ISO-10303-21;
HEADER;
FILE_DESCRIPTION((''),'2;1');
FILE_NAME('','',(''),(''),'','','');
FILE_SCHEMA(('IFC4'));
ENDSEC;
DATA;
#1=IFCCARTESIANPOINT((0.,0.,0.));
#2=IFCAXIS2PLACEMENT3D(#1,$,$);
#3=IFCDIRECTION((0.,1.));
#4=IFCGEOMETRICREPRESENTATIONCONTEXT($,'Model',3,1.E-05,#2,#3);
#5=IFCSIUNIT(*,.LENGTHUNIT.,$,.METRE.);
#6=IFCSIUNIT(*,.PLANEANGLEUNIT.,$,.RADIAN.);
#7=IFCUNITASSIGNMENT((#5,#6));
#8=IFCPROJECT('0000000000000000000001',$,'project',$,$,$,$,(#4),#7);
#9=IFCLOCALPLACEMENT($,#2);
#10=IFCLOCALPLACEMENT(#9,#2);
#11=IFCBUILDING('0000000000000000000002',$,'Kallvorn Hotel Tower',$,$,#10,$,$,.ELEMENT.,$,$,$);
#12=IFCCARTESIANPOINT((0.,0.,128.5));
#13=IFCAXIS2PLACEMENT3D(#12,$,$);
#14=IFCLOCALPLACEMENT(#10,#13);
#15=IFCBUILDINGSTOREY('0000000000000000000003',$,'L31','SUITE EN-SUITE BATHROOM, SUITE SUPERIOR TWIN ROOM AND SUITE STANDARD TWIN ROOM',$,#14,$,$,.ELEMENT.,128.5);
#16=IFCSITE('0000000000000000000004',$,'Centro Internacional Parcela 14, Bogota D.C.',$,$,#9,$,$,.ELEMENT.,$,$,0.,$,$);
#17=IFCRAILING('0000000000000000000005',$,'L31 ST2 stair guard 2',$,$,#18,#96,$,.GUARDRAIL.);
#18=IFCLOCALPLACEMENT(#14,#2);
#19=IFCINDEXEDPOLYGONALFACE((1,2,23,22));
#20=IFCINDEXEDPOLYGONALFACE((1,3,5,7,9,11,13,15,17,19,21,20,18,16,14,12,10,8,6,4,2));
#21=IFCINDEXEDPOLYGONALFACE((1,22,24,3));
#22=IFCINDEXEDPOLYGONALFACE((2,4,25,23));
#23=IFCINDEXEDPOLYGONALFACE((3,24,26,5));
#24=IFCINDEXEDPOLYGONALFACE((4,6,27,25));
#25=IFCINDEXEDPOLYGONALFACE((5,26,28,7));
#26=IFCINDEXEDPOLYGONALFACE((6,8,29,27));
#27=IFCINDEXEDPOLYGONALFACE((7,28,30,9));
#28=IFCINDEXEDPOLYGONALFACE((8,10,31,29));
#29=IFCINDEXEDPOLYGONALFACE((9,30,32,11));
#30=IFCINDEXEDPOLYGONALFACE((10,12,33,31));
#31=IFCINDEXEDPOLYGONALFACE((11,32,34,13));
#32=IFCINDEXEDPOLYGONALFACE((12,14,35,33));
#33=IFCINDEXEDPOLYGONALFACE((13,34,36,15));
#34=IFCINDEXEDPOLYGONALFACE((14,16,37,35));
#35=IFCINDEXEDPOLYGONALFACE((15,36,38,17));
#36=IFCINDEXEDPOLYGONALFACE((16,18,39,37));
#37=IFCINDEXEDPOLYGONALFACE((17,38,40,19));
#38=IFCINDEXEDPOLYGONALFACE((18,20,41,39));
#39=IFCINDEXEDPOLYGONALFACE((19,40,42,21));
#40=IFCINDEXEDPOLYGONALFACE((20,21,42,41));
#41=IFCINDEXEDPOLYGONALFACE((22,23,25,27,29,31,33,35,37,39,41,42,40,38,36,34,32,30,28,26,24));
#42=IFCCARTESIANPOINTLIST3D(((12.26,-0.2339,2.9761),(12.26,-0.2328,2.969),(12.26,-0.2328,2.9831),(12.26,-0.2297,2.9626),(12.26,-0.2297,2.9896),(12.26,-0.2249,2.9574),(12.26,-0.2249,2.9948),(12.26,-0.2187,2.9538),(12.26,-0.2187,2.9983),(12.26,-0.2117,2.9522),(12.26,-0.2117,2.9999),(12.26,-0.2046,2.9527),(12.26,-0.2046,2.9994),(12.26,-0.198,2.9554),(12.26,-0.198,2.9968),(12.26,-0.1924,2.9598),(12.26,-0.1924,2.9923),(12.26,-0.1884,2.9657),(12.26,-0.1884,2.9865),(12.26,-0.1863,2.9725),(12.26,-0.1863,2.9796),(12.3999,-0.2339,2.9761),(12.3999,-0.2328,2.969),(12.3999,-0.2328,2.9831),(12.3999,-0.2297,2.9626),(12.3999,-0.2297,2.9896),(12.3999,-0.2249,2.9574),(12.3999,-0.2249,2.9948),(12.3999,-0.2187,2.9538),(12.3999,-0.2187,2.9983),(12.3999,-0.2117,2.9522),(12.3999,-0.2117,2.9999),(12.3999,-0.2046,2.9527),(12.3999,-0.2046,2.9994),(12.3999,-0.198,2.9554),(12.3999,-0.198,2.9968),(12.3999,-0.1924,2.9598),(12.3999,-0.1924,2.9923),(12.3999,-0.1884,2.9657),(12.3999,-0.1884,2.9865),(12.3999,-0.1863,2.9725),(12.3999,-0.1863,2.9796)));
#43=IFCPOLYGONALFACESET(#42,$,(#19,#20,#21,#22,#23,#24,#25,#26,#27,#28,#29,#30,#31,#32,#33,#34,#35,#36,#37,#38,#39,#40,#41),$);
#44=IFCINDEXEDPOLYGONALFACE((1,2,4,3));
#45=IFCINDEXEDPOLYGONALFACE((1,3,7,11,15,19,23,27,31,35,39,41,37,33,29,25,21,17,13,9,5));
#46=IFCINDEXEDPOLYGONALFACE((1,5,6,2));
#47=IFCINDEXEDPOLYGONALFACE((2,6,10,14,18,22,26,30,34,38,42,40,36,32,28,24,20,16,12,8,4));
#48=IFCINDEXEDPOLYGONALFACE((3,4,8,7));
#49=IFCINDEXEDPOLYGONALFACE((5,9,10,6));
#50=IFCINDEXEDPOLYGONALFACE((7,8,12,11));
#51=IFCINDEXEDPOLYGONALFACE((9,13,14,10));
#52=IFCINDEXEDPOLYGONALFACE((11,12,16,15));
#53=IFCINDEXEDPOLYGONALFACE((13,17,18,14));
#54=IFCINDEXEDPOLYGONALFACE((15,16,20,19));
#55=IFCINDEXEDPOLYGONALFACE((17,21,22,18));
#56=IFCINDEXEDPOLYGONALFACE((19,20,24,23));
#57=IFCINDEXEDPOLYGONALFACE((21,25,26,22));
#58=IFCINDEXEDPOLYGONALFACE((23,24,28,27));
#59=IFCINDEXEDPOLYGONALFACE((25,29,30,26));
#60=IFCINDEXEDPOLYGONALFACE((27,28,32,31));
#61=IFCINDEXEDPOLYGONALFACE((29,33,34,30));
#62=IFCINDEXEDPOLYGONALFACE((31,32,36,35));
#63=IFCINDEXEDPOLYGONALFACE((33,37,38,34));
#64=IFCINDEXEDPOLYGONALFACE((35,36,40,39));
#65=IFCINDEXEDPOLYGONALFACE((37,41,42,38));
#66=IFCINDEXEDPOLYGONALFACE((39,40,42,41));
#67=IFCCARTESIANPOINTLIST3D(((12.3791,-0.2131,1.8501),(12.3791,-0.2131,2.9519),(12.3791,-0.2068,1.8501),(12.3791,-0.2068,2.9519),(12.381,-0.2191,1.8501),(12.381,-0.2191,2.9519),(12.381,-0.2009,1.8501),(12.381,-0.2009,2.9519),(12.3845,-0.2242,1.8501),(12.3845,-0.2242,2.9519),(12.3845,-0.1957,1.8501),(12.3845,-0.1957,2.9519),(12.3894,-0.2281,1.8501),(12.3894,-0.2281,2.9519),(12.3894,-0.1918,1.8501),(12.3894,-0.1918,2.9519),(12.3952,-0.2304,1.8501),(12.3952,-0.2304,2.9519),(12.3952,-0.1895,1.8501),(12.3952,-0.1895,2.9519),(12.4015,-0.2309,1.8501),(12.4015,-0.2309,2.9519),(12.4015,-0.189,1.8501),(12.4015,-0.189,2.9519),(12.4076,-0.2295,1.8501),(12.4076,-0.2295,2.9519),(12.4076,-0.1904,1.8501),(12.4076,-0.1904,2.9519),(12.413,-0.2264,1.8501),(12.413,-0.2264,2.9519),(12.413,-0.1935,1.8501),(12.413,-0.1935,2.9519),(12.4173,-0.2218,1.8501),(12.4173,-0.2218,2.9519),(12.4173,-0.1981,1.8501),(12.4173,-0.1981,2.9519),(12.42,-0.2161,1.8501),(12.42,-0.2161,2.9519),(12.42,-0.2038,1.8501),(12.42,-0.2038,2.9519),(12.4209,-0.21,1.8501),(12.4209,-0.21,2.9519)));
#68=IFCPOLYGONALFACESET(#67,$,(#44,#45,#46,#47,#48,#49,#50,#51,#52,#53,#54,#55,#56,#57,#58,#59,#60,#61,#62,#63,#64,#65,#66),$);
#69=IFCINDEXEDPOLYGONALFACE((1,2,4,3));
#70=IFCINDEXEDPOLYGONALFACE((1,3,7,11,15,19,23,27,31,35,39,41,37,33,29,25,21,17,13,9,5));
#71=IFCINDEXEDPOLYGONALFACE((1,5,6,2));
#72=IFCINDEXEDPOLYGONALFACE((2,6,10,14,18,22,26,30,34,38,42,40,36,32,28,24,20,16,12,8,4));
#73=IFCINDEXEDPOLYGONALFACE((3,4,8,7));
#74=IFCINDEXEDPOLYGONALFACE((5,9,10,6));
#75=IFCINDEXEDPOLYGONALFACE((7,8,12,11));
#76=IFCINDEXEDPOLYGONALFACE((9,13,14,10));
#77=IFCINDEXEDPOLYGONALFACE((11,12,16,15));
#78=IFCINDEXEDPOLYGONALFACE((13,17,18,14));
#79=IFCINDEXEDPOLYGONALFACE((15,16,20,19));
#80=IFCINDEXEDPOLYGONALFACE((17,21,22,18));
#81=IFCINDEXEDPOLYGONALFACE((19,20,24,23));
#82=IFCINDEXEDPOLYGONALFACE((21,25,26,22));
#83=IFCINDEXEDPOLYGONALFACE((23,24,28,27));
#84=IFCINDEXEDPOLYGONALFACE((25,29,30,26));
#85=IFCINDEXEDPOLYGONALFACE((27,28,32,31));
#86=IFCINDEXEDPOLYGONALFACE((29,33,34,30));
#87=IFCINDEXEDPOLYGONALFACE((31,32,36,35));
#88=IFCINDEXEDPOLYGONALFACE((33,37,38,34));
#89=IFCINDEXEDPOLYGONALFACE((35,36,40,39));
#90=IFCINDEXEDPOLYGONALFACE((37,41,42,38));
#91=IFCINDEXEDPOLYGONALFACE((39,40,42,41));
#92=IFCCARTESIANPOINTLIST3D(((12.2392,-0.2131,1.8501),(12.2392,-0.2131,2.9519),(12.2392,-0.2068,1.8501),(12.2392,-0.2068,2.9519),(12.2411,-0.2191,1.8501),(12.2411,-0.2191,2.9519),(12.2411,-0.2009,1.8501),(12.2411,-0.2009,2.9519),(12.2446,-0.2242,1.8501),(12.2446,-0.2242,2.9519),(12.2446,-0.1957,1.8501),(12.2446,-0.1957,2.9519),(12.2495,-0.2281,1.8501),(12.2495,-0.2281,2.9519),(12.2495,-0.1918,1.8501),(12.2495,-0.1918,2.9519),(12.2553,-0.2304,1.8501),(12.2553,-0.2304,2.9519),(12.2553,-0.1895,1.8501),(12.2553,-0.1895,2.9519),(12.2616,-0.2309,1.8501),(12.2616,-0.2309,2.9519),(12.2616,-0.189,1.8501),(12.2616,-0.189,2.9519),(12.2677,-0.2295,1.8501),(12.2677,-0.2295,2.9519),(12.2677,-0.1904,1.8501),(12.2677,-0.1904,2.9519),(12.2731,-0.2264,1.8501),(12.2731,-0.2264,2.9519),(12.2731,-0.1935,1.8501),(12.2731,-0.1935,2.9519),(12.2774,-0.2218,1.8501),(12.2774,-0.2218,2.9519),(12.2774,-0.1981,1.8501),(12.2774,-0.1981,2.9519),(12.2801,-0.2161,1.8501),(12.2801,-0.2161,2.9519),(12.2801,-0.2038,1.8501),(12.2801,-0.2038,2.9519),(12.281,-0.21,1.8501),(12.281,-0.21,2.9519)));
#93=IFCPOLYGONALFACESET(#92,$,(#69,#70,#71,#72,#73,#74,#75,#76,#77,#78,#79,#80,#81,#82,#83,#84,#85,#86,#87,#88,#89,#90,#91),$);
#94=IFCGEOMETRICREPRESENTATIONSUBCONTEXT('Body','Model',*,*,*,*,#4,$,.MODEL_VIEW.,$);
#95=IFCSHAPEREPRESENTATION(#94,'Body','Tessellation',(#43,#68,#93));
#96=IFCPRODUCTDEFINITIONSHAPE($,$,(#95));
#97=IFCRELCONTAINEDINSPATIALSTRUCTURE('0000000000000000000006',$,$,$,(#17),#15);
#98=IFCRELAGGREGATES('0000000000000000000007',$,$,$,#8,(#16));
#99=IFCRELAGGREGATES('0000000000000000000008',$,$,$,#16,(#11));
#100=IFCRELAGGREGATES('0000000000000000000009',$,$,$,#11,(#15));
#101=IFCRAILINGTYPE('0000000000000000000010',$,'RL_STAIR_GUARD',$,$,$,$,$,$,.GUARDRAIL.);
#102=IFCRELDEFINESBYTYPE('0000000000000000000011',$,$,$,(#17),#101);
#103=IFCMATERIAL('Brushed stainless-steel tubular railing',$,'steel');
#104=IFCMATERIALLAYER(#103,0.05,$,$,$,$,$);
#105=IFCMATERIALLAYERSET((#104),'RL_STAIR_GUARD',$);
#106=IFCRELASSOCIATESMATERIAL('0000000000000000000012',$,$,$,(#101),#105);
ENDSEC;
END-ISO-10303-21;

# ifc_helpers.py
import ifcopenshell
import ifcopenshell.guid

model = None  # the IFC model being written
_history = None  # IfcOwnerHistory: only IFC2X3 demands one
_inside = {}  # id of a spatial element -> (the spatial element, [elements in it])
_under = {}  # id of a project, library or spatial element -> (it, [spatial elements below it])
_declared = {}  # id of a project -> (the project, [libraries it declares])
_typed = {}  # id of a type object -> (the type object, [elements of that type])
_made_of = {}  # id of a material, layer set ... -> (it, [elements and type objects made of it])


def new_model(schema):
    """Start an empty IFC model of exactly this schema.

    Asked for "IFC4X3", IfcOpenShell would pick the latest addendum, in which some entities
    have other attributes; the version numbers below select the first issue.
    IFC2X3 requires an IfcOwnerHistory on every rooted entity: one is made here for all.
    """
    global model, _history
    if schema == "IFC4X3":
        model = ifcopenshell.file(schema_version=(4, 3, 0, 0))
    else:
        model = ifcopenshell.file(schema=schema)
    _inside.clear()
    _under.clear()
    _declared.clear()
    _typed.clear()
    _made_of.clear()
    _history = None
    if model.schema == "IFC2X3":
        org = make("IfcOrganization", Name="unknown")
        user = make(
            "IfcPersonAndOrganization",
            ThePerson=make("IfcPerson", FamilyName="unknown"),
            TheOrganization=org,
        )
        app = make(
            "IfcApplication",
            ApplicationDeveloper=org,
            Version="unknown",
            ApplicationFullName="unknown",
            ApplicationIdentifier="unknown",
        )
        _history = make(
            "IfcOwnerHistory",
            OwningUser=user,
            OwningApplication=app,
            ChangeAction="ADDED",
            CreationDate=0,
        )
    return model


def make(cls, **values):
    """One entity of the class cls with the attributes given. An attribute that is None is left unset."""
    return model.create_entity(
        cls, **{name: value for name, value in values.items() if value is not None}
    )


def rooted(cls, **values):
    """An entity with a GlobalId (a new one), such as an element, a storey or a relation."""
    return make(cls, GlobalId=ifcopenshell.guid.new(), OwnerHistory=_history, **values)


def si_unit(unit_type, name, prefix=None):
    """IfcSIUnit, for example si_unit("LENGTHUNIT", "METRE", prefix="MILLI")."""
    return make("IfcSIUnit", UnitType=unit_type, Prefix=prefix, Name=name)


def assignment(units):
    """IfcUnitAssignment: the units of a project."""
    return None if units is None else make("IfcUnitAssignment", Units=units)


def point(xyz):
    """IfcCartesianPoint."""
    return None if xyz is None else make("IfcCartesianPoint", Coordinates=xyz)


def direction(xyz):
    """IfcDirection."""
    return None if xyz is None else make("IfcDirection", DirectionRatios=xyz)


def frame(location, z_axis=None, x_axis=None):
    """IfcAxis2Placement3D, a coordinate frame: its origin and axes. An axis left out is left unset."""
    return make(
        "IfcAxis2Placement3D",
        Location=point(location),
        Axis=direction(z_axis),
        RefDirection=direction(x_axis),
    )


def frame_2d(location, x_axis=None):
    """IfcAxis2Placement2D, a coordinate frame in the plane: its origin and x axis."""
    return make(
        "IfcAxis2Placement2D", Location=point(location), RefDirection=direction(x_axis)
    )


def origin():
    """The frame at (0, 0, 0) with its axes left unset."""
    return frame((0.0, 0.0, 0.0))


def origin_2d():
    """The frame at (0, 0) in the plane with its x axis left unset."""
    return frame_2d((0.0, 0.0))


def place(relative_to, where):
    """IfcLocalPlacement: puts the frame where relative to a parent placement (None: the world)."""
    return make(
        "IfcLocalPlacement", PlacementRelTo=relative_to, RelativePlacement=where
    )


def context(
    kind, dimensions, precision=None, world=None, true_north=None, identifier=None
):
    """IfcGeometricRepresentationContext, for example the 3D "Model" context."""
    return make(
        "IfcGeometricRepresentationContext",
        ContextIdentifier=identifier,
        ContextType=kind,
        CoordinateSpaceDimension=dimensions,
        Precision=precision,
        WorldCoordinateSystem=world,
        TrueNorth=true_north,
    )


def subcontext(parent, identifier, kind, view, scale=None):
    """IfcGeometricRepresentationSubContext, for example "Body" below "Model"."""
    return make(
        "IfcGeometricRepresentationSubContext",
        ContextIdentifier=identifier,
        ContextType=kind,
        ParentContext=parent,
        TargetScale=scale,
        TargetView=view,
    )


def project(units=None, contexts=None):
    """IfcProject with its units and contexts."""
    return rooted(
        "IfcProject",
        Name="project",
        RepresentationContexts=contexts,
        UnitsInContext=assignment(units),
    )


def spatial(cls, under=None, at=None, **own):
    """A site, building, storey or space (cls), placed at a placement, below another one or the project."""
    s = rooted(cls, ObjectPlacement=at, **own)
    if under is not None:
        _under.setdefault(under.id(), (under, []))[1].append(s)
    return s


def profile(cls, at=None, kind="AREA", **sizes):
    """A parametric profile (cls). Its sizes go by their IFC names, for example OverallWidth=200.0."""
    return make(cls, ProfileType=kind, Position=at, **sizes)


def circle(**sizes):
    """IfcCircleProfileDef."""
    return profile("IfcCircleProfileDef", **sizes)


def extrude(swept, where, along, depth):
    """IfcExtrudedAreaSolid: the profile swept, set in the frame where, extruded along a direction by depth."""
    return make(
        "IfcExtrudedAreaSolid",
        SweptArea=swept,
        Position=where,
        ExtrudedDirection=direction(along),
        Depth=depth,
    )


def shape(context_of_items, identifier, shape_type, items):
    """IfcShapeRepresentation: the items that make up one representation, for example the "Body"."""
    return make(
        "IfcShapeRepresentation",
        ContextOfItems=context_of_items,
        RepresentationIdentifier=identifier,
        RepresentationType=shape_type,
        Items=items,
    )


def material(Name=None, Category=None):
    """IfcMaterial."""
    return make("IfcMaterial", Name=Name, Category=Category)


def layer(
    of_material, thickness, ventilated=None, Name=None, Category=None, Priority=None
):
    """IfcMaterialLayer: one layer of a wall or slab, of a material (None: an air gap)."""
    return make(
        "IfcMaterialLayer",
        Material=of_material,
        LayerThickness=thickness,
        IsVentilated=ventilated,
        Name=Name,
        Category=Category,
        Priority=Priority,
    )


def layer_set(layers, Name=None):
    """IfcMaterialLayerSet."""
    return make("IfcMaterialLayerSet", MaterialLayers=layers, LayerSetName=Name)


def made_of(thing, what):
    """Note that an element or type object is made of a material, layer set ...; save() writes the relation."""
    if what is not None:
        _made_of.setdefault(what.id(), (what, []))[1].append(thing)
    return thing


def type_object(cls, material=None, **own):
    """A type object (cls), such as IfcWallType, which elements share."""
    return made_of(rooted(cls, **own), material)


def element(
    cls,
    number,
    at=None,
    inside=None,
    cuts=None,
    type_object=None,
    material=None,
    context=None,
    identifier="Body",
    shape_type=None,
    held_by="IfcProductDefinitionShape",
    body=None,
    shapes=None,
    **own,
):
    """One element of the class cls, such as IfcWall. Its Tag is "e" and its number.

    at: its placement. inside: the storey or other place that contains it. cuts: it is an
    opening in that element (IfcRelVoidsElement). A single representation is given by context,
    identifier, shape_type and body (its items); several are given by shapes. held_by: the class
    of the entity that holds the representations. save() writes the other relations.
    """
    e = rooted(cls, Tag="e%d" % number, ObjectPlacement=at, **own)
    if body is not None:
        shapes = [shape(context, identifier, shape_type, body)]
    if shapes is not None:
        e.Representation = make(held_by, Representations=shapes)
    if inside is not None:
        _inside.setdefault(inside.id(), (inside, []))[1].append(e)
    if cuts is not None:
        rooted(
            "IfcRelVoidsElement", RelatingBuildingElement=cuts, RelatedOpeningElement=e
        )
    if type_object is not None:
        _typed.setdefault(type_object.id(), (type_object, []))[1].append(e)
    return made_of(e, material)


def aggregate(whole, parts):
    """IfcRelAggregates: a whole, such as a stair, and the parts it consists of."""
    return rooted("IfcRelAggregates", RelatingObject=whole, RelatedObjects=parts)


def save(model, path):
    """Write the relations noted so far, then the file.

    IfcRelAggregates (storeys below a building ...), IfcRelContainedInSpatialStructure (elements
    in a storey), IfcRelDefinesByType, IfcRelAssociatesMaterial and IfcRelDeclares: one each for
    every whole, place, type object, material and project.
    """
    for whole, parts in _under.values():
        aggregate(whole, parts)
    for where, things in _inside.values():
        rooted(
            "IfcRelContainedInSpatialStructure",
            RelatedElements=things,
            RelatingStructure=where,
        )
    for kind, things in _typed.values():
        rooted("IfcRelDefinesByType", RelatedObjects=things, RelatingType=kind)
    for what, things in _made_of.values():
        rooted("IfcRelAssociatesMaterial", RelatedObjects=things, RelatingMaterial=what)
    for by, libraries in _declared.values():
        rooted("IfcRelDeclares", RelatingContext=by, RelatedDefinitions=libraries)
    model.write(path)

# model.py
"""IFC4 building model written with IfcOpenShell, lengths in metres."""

from ifc_helpers import new_model, si_unit, direction, frame, origin, origin_2d, place, context, subcontext, project, spatial, circle, extrude, material, layer, layer_set, type_object, element, save


model = new_model("IFC4")

# Units and contexts
model_context = context("Model", 3, precision=1e-05, world=origin(), true_north=direction((0.0, 1.0)))
body_context = subcontext(model_context, "Body", "Model", "MODEL_VIEW")
ifc_project = project(units=[si_unit("LENGTHUNIT", "METRE"), si_unit("PLANEANGLEUNIT", "RADIAN")], contexts=[model_context])

# Site, building, storey
site_placement = place(None, origin())
site = spatial("IfcSite", under=ifc_project, at=site_placement, Name="Centro Internacional Parcela 14, Bogota D.C.", CompositionType="ELEMENT", RefElevation=0.0)
building_placement = place(site_placement, origin())
building = spatial("IfcBuilding", under=site, at=building_placement, Name="Kallvorn Hotel Tower", CompositionType="ELEMENT")
storey_placement = place(building_placement, frame((0.0, 0.0, 128.5)))
storey = spatial("IfcBuildingStorey", under=building, at=storey_placement, Name="L31", Description="SUITE EN-SUITE BATHROOM, SUITE SUPERIOR TWIN ROOM AND SUITE STANDARD TWIN ROOM", CompositionType="ELEMENT", Elevation=128.5)

# Railing
ifc_material_1 = material(Name="Brushed stainless-steel tubular railing", Category="steel")
ifc_layer_1 = layer(ifc_material_1, 0.05)
ifc_layer_set_1 = layer_set([ifc_layer_1], Name="RL_STAIR_GUARD")
railing_type_1 = type_object("IfcRailingType", Name="RL_STAIR_GUARD", PredefinedType="GUARDRAIL", material=ifc_layer_set_1)
railing_1_placement = place(storey_placement, frame((12.3999, -0.21, 1.8501)))
element("IfcRailing", 1, at=railing_1_placement, inside=storey, type_object=railing_type_1, Name="L31 ST2 stair guard 2", PredefinedType="GUARDRAIL", context=body_context, shape_type="SweptSolid", body=[
    extrude(circle(Radius=0.0239, at=origin_2d()), frame((0.0, 0.0, 1.126), z_axis=(-1.0, 0.0, 0.0), x_axis=(0.0, -1.0, 0.0)), (0.0, 0.0, 1.0), 0.1399),
    extrude(circle(Radius=0.021, at=origin_2d()), origin(), (0.0, 0.0, 1.0), 1.1018),
    extrude(circle(Radius=0.021, at=origin_2d()), frame((-0.1399, 0.0, 0.0)), (0.0, 0.0, 1.0), 1.1018),
])

save(model, "model.ifc")
